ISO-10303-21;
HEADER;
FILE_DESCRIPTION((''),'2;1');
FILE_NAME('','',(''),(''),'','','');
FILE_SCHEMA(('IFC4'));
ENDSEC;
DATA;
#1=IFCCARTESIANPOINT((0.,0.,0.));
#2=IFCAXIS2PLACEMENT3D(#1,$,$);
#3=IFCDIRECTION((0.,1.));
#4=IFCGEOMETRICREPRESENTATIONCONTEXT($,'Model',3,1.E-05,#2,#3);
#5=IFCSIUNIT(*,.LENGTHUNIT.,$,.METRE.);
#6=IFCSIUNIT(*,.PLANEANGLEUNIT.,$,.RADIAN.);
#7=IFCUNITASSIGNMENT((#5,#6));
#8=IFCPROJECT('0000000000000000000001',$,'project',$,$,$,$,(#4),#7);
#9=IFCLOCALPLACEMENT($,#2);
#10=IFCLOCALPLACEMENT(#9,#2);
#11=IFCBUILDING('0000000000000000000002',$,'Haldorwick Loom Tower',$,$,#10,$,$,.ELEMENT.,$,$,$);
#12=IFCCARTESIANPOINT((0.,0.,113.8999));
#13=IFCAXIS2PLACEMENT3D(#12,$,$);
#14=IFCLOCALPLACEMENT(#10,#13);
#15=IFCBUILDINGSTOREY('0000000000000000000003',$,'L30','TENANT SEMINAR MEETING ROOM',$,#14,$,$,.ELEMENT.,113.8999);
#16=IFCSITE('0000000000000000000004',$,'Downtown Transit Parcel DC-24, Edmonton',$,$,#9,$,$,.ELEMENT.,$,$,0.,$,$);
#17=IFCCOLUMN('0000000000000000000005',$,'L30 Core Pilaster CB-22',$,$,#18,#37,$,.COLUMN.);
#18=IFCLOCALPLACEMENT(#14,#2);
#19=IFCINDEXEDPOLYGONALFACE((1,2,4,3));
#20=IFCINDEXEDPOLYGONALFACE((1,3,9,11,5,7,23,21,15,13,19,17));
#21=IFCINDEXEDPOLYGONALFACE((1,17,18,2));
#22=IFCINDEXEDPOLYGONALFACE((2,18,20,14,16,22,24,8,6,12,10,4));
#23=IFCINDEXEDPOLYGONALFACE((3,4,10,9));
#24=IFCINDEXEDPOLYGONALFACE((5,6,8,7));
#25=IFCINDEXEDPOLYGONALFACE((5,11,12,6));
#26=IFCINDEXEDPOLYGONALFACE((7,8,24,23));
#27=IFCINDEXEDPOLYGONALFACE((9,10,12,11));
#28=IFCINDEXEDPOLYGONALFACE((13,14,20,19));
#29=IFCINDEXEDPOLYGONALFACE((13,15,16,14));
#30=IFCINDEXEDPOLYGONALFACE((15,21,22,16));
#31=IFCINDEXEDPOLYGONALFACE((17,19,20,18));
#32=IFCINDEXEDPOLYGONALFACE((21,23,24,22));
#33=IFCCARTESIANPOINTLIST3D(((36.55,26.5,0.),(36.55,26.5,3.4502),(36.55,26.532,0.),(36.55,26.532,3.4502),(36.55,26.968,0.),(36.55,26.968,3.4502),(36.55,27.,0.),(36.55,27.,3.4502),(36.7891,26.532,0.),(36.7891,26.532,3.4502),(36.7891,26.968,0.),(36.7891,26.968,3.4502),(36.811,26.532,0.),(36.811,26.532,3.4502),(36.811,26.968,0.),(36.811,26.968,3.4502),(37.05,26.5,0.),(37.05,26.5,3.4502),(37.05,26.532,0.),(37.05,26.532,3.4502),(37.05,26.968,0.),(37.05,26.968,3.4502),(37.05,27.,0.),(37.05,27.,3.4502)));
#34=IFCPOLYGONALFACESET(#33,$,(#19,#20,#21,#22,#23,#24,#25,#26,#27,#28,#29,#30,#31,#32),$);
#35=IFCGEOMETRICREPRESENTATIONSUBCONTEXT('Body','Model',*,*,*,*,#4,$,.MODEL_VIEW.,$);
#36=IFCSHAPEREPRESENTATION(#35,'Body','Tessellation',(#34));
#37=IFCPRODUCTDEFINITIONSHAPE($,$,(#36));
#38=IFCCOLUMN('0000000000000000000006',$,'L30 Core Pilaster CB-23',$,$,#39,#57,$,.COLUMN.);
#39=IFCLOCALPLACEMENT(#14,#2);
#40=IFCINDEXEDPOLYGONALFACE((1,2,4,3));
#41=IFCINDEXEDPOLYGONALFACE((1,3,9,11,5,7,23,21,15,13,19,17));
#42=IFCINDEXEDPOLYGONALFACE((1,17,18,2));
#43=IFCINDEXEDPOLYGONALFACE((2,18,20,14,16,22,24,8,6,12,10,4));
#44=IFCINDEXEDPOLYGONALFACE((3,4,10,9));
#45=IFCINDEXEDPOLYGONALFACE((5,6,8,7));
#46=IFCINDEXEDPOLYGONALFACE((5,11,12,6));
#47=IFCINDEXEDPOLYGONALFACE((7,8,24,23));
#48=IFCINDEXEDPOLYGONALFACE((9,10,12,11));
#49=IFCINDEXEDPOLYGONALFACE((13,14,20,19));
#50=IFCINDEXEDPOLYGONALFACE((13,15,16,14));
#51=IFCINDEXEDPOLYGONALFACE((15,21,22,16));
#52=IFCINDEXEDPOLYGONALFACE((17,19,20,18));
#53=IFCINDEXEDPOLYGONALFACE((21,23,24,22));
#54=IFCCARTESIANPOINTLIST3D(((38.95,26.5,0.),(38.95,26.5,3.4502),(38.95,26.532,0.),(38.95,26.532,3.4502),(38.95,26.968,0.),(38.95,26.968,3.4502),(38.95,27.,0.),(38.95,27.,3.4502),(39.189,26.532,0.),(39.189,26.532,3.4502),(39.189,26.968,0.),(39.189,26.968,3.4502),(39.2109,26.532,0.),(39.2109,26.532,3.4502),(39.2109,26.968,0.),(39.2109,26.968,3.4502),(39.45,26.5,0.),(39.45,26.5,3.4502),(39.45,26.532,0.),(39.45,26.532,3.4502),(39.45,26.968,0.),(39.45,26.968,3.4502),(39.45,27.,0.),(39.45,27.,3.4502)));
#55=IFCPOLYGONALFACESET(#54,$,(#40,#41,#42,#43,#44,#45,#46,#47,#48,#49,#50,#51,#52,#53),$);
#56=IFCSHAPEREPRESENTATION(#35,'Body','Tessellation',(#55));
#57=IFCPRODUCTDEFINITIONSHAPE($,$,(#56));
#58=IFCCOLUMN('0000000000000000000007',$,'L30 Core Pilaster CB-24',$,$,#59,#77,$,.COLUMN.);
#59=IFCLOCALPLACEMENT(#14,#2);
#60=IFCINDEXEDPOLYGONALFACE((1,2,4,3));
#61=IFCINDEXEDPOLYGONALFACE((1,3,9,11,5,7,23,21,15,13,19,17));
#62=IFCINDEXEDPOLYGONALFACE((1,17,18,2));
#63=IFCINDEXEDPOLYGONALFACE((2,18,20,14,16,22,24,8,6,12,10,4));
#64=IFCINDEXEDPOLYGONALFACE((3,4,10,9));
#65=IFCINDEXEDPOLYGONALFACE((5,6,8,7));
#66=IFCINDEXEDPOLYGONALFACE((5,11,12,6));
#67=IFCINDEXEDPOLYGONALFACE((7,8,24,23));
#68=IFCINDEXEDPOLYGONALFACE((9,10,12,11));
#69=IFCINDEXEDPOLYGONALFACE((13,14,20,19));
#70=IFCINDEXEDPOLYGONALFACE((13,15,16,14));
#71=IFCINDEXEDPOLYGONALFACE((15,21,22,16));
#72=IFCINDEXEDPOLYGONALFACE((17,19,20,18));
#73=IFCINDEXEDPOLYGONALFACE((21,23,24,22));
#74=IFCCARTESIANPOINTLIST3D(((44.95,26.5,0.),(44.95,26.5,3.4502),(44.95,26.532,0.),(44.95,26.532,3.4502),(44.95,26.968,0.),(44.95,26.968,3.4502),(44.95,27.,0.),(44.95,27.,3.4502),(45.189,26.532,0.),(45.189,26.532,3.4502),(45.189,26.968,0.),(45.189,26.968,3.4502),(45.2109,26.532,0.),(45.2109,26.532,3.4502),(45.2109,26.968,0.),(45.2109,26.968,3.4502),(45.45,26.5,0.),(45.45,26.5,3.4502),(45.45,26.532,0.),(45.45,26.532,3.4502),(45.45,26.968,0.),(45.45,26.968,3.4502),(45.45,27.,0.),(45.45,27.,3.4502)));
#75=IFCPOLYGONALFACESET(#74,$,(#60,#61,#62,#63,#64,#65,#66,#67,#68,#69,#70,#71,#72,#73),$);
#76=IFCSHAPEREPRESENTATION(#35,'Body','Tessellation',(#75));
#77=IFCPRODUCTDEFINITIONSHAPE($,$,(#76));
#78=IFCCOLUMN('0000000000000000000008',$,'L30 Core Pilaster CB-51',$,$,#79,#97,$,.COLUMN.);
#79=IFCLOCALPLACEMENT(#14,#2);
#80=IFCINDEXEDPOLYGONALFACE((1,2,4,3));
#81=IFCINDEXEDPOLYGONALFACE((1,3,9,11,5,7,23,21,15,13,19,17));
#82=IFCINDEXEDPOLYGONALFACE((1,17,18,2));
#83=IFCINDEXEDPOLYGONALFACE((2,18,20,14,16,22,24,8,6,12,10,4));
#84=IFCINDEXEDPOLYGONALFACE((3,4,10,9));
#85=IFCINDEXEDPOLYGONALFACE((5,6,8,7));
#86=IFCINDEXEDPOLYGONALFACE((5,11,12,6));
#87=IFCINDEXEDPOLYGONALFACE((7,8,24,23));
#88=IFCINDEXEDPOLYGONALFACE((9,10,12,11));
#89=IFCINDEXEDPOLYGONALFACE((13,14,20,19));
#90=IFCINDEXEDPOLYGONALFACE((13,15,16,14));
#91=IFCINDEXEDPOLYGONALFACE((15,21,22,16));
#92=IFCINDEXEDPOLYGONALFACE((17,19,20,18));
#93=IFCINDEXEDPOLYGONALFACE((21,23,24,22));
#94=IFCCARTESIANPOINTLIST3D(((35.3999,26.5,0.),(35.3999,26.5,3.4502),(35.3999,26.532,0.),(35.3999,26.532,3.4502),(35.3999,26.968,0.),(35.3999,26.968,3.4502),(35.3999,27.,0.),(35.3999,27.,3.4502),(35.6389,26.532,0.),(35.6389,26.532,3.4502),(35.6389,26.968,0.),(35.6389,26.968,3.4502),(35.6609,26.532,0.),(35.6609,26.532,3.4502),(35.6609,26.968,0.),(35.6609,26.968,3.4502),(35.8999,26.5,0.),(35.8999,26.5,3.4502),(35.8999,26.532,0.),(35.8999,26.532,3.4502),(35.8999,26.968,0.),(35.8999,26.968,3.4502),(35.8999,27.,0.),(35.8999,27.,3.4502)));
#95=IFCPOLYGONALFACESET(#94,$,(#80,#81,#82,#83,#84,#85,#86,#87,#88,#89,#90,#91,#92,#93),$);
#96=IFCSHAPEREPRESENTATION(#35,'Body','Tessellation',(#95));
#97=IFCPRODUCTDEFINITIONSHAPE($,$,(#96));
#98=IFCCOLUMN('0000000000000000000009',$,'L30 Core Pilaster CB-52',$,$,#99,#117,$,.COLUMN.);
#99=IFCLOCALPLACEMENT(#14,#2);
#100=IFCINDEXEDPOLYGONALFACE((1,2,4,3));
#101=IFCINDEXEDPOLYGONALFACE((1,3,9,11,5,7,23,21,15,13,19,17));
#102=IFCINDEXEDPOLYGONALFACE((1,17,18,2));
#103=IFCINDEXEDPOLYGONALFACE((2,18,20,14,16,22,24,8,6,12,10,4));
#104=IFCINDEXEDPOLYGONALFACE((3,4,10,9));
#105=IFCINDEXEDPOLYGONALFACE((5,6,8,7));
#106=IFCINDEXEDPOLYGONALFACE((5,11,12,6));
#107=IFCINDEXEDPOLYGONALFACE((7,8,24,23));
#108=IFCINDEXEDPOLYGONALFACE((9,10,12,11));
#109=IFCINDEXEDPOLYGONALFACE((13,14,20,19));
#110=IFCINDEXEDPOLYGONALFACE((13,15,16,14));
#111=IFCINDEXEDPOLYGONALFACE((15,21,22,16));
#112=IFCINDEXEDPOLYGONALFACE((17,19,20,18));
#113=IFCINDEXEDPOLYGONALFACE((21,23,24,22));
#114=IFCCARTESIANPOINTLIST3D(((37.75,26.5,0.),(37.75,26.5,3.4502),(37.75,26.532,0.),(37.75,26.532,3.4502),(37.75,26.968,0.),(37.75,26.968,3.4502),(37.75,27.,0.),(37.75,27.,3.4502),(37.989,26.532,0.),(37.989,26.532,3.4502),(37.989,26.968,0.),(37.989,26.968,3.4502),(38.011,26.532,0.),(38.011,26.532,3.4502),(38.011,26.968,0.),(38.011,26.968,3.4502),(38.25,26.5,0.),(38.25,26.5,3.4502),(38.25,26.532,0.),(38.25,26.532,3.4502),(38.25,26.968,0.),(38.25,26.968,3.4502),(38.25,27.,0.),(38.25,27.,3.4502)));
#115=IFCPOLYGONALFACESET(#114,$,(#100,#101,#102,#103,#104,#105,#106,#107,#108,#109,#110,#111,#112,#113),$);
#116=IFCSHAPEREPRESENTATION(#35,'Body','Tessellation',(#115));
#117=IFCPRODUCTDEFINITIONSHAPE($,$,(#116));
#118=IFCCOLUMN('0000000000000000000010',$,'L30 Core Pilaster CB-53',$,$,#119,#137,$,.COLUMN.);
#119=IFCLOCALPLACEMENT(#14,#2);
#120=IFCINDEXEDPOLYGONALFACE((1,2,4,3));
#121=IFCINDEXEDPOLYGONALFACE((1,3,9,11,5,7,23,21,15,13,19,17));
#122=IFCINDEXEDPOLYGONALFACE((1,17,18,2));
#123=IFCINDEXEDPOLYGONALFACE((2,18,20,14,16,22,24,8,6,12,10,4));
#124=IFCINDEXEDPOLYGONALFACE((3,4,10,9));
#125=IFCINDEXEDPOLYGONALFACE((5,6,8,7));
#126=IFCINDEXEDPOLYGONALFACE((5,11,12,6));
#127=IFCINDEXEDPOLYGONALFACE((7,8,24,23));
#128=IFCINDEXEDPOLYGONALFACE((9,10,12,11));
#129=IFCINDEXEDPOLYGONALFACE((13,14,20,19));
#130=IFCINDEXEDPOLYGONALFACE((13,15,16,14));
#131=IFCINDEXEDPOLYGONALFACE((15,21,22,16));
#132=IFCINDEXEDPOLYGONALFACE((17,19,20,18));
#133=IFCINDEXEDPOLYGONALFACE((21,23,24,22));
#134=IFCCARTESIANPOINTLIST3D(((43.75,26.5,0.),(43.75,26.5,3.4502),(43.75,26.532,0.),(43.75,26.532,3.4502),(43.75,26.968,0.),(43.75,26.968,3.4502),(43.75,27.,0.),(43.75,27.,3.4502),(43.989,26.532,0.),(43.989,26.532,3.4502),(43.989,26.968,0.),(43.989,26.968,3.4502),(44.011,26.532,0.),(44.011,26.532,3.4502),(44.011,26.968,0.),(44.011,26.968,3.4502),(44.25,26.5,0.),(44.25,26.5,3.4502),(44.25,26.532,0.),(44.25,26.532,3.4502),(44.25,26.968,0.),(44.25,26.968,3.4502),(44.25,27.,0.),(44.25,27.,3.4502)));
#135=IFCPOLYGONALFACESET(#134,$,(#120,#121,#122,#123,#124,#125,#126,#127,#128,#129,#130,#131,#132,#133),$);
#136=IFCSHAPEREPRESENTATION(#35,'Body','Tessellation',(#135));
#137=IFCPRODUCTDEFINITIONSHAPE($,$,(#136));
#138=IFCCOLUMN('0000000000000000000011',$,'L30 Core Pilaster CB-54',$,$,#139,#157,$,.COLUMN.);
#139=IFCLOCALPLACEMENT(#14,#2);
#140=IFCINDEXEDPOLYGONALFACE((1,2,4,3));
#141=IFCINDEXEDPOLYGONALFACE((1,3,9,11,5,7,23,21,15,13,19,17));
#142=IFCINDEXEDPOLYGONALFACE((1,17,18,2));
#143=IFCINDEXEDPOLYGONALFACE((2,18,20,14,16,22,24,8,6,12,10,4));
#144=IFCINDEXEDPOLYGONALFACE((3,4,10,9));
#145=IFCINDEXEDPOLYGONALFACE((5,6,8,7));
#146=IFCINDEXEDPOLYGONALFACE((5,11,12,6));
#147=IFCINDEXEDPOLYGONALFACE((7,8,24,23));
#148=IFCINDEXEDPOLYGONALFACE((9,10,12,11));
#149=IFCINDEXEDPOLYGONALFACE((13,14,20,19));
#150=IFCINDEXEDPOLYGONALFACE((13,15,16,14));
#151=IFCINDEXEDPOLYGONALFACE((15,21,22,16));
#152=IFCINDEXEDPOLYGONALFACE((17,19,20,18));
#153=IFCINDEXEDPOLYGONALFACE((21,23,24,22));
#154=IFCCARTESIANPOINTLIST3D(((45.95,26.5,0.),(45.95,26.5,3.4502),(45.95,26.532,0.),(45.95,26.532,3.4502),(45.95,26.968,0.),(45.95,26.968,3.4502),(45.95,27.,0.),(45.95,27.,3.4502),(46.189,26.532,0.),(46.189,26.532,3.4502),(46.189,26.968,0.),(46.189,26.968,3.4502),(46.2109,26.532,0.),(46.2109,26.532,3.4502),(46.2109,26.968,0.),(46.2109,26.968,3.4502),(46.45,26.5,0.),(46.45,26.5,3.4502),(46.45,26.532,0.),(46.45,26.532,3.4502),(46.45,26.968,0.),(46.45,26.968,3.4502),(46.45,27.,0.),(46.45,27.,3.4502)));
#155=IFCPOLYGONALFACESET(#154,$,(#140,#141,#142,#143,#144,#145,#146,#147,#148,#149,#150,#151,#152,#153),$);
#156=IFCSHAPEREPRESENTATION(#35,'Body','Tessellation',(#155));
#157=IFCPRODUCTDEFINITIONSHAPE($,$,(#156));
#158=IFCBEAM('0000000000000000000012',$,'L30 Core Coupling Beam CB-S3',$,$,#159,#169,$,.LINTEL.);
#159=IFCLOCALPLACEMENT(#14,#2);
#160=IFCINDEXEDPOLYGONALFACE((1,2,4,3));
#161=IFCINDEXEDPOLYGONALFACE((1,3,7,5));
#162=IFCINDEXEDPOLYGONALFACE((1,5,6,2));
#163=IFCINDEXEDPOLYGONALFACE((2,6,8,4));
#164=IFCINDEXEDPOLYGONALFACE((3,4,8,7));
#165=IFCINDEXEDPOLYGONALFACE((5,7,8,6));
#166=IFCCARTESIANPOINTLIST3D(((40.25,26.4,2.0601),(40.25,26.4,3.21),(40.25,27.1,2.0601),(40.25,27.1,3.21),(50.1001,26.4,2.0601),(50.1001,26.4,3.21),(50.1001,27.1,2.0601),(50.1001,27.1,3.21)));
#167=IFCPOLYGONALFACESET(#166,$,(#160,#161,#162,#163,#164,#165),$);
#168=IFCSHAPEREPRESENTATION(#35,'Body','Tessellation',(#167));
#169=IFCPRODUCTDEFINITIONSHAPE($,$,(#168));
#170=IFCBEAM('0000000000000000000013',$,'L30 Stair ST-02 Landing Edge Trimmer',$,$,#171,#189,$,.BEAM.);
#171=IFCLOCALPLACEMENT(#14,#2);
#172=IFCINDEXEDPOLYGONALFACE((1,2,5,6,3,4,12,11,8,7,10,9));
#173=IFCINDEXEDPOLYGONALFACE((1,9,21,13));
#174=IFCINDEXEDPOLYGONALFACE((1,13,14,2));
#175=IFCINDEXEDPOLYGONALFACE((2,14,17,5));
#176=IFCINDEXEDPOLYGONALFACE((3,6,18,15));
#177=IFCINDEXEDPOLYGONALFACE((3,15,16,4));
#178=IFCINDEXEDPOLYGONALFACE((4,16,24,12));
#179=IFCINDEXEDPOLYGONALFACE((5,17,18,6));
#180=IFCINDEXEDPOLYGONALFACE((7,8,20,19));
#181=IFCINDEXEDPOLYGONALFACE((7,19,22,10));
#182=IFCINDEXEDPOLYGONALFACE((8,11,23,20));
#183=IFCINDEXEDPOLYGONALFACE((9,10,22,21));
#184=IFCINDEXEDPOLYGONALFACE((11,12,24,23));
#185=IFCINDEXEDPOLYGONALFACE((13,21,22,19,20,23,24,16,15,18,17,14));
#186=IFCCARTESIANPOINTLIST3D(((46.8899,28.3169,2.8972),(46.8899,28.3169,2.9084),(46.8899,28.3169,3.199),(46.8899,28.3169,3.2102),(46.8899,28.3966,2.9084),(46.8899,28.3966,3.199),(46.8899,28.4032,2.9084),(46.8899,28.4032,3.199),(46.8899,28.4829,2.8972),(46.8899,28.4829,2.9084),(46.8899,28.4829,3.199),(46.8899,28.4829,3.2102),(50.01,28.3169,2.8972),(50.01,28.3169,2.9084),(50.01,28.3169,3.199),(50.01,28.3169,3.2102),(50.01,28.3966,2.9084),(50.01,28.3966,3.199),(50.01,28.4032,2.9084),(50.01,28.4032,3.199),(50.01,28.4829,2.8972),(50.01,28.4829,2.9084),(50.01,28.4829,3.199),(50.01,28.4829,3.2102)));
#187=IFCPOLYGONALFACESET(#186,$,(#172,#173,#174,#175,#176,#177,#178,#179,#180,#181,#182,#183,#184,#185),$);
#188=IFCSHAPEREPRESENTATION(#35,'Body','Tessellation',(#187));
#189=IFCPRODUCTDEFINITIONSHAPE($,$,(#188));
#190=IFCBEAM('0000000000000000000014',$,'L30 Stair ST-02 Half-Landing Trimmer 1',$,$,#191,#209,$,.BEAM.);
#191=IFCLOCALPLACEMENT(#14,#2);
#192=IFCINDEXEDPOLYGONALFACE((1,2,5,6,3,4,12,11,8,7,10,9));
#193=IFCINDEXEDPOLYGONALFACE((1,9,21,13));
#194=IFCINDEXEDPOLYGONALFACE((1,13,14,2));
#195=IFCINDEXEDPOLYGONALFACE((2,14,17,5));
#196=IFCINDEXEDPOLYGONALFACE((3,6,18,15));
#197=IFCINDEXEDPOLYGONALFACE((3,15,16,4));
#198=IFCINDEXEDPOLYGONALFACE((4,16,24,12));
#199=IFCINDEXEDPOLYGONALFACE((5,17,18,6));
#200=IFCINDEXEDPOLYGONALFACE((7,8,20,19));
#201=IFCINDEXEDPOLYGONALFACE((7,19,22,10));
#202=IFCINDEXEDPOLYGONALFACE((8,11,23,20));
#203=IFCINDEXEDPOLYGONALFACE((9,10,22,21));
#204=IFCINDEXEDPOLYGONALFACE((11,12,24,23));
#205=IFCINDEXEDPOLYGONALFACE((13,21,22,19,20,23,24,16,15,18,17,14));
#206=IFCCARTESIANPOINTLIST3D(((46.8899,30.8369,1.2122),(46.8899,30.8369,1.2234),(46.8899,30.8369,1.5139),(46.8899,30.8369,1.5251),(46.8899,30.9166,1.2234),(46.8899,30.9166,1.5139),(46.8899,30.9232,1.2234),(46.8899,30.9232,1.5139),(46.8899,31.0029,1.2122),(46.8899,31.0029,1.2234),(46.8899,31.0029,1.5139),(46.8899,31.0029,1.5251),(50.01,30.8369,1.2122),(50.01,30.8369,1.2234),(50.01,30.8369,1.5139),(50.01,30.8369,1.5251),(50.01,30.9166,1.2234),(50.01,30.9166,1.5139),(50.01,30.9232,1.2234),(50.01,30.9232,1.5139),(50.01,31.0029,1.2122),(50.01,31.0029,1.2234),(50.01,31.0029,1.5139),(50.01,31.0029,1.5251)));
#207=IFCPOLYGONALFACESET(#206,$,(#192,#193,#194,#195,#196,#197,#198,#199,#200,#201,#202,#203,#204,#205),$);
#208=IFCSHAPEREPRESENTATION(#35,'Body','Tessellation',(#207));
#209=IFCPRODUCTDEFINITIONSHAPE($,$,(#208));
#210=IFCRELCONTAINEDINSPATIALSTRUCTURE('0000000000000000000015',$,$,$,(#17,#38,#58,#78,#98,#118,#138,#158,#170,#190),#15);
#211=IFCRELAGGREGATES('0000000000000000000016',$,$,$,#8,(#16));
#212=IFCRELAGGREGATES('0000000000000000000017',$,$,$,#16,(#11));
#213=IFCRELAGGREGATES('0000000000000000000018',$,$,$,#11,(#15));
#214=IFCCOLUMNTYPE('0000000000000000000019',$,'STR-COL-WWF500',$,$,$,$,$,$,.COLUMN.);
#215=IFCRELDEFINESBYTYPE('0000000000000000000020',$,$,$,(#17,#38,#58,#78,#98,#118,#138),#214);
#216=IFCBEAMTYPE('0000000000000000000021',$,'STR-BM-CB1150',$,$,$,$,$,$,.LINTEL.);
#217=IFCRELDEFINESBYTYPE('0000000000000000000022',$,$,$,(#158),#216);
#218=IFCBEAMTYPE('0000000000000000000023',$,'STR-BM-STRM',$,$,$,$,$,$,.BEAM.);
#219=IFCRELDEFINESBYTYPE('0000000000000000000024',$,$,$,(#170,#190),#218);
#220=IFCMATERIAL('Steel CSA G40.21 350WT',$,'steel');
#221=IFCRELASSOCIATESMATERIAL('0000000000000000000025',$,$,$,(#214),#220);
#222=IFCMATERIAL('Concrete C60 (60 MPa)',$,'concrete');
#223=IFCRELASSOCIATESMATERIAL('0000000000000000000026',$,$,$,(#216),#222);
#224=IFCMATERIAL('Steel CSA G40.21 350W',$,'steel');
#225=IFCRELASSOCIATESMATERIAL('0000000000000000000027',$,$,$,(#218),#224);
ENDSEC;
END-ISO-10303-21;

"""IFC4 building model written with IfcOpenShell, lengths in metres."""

from ifc_helpers import new_model, si_unit, direction, frame, origin, origin_2d, place, context, subcontext, project, spatial, rectangle, i_section, extrude, material, material_profile, profile_set, type_object, element, save


model = new_model("IFC4")

# Units and contexts
model_context = context("Model", 3, precision=1e-05, world=origin(), true_north=direction((0.0, 1.0)))
body_context = subcontext(model_context, "Body", "Model", "MODEL_VIEW")
ifc_project = project(units=[si_unit("LENGTHUNIT", "METRE"), si_unit("PLANEANGLEUNIT", "RADIAN")], contexts=[model_context])

# Site, building, storey
site_placement = place(None, origin())
site = spatial("IfcSite", under=ifc_project, at=site_placement, Name="Downtown Transit Parcel DC-24, Edmonton", CompositionType="ELEMENT", RefElevation=0.0)
building_placement = place(site_placement, origin())
building = spatial("IfcBuilding", under=site, at=building_placement, Name="Haldorwick Loom Tower", CompositionType="ELEMENT")
storey_placement = place(building_placement, frame((0.0, 0.0, 113.8999)))
storey = spatial("IfcBuildingStorey", under=building, at=storey_placement, Name="L30", Description="TENANT SEMINAR MEETING ROOM", CompositionType="ELEMENT", Elevation=113.8999)

# Columns
ifc_material_1 = material(Name="Steel CSA G40.21 350WT", Category="steel")
ifc_material_profile_1 = material_profile(ifc_material_1, i_section(OverallWidth=0.5, OverallDepth=0.5, WebThickness=0.022, FlangeThickness=0.032, at=origin_2d()), Name="WWF500X500", Category="steel")
ifc_profile_set_1 = profile_set([ifc_material_profile_1], Name="Steel CSA G40.21 350WT")
column_type = type_object("IfcColumnType", Name="STR-COL-WWF500", PredefinedType="COLUMN", material=ifc_profile_set_1)
for number, where, z_axis, x_axis, name in (
    (1, (36.8, 26.75, 0.0), (0.0, 0.0, 1.0), (1.0, 0.0, 0.0), "L30 Core Pilaster CB-22"),
    (2, (39.2, 26.75, 0.0), (0.0, 0.0, 1.0), (1.0, 0.0, 0.0), "L30 Core Pilaster CB-23"),
    (3, (45.2, 26.75, 0.0), (0.0, 0.0, 1.0), (1.0, 0.0, 0.0), "L30 Core Pilaster CB-24"),
    (4, (35.6499, 26.75, 0.0), (0.0, 0.0, 1.0), (1.0, 0.0, 0.0), "L30 Core Pilaster CB-51"),
    (5, (38.0, 26.75, 0.0), (0.0, 0.0, 1.0), (1.0, 0.0, 0.0), "L30 Core Pilaster CB-52"),
    (6, (44.0, 26.75, 0.0), (0.0, 0.0, 1.0), (1.0, 0.0, 0.0), "L30 Core Pilaster CB-53"),
    (7, (46.2, 26.75, 0.0), (0.0, 0.0, 1.0), (1.0, 0.0, 0.0), "L30 Core Pilaster CB-54"),
):
    element("IfcColumn", number, at=place(storey_placement, frame(where, z_axis=z_axis, x_axis=x_axis)), inside=storey, type_object=column_type, Name=name, PredefinedType="COLUMN", context=body_context, shape_type="SweptSolid", body=[
        extrude(i_section(OverallWidth=0.5, OverallDepth=0.5, WebThickness=0.022, FlangeThickness=0.032, at=origin_2d()), origin(), (0.0, 0.0, 1.0), 3.4502),
    ])

# Beams
ifc_material_2 = material(Name="Concrete C60 (60 MPa)", Category="concrete")
ifc_material_profile_2 = material_profile(ifc_material_2, rectangle(XDim=0.7, YDim=1.1499, at=origin_2d()), Name="RC700X1150", Category="concrete")
ifc_profile_set_2 = profile_set([ifc_material_profile_2], Name="Concrete C60 (60 MPa)")
beam_type_1 = type_object("IfcBeamType", Name="STR-BM-CB1150", PredefinedType="LINTEL", material=ifc_profile_set_2)
beam_placement = place(storey_placement, frame((40.25, 26.75, 2.635), z_axis=(1.0, 0.0, 0.0), x_axis=(0.0, 1.0, 0.0)))
element("IfcBeam", 8, at=beam_placement, inside=storey, type_object=beam_type_1, Name="L30 Core Coupling Beam CB-S3", PredefinedType="LINTEL", context=body_context, shape_type="SweptSolid", body=[
    extrude(rectangle(XDim=0.7, YDim=1.1499, at=origin_2d()), origin(), (0.0, 0.0, 1.0), 9.8501),
])
ifc_material_3 = material(Name="Steel CSA G40.21 350W", Category="steel")
ifc_material_profile_3 = material_profile(ifc_material_3, i_section(OverallWidth=0.166, OverallDepth=0.313, WebThickness=0.0066, FlangeThickness=0.0112, at=origin_2d()), Name="W310X45", Category="steel")
ifc_profile_set_3 = profile_set([ifc_material_profile_3], Name="Steel CSA G40.21 350W")
beam_type_2 = type_object("IfcBeamType", Name="STR-BM-STRM", PredefinedType="BEAM", material=ifc_profile_set_3)
for number, where, z_axis, x_axis, name in (
    (9, (46.8899, 28.3999, 3.0537), (1.0, 0.0, 0.0), (0.0, 1.0, 0.0), "L30 Stair ST-02 Landing Edge Trimmer"),
    (10, (46.8899, 30.9199, 1.3687), (1.0, 0.0, 0.0), (0.0, 1.0, 0.0), "L30 Stair ST-02 Half-Landing Trimmer 1"),
):
    element("IfcBeam", number, at=place(storey_placement, frame(where, z_axis=z_axis, x_axis=x_axis)), inside=storey, type_object=beam_type_2, Name=name, PredefinedType="BEAM", context=body_context, shape_type="SweptSolid", body=[
        extrude(i_section(OverallWidth=0.166, OverallDepth=0.313, WebThickness=0.0066, FlangeThickness=0.0112, at=origin_2d()), origin(), (0.0, 0.0, 1.0), 3.1201),
    ])

save(model, "model.ifc")
